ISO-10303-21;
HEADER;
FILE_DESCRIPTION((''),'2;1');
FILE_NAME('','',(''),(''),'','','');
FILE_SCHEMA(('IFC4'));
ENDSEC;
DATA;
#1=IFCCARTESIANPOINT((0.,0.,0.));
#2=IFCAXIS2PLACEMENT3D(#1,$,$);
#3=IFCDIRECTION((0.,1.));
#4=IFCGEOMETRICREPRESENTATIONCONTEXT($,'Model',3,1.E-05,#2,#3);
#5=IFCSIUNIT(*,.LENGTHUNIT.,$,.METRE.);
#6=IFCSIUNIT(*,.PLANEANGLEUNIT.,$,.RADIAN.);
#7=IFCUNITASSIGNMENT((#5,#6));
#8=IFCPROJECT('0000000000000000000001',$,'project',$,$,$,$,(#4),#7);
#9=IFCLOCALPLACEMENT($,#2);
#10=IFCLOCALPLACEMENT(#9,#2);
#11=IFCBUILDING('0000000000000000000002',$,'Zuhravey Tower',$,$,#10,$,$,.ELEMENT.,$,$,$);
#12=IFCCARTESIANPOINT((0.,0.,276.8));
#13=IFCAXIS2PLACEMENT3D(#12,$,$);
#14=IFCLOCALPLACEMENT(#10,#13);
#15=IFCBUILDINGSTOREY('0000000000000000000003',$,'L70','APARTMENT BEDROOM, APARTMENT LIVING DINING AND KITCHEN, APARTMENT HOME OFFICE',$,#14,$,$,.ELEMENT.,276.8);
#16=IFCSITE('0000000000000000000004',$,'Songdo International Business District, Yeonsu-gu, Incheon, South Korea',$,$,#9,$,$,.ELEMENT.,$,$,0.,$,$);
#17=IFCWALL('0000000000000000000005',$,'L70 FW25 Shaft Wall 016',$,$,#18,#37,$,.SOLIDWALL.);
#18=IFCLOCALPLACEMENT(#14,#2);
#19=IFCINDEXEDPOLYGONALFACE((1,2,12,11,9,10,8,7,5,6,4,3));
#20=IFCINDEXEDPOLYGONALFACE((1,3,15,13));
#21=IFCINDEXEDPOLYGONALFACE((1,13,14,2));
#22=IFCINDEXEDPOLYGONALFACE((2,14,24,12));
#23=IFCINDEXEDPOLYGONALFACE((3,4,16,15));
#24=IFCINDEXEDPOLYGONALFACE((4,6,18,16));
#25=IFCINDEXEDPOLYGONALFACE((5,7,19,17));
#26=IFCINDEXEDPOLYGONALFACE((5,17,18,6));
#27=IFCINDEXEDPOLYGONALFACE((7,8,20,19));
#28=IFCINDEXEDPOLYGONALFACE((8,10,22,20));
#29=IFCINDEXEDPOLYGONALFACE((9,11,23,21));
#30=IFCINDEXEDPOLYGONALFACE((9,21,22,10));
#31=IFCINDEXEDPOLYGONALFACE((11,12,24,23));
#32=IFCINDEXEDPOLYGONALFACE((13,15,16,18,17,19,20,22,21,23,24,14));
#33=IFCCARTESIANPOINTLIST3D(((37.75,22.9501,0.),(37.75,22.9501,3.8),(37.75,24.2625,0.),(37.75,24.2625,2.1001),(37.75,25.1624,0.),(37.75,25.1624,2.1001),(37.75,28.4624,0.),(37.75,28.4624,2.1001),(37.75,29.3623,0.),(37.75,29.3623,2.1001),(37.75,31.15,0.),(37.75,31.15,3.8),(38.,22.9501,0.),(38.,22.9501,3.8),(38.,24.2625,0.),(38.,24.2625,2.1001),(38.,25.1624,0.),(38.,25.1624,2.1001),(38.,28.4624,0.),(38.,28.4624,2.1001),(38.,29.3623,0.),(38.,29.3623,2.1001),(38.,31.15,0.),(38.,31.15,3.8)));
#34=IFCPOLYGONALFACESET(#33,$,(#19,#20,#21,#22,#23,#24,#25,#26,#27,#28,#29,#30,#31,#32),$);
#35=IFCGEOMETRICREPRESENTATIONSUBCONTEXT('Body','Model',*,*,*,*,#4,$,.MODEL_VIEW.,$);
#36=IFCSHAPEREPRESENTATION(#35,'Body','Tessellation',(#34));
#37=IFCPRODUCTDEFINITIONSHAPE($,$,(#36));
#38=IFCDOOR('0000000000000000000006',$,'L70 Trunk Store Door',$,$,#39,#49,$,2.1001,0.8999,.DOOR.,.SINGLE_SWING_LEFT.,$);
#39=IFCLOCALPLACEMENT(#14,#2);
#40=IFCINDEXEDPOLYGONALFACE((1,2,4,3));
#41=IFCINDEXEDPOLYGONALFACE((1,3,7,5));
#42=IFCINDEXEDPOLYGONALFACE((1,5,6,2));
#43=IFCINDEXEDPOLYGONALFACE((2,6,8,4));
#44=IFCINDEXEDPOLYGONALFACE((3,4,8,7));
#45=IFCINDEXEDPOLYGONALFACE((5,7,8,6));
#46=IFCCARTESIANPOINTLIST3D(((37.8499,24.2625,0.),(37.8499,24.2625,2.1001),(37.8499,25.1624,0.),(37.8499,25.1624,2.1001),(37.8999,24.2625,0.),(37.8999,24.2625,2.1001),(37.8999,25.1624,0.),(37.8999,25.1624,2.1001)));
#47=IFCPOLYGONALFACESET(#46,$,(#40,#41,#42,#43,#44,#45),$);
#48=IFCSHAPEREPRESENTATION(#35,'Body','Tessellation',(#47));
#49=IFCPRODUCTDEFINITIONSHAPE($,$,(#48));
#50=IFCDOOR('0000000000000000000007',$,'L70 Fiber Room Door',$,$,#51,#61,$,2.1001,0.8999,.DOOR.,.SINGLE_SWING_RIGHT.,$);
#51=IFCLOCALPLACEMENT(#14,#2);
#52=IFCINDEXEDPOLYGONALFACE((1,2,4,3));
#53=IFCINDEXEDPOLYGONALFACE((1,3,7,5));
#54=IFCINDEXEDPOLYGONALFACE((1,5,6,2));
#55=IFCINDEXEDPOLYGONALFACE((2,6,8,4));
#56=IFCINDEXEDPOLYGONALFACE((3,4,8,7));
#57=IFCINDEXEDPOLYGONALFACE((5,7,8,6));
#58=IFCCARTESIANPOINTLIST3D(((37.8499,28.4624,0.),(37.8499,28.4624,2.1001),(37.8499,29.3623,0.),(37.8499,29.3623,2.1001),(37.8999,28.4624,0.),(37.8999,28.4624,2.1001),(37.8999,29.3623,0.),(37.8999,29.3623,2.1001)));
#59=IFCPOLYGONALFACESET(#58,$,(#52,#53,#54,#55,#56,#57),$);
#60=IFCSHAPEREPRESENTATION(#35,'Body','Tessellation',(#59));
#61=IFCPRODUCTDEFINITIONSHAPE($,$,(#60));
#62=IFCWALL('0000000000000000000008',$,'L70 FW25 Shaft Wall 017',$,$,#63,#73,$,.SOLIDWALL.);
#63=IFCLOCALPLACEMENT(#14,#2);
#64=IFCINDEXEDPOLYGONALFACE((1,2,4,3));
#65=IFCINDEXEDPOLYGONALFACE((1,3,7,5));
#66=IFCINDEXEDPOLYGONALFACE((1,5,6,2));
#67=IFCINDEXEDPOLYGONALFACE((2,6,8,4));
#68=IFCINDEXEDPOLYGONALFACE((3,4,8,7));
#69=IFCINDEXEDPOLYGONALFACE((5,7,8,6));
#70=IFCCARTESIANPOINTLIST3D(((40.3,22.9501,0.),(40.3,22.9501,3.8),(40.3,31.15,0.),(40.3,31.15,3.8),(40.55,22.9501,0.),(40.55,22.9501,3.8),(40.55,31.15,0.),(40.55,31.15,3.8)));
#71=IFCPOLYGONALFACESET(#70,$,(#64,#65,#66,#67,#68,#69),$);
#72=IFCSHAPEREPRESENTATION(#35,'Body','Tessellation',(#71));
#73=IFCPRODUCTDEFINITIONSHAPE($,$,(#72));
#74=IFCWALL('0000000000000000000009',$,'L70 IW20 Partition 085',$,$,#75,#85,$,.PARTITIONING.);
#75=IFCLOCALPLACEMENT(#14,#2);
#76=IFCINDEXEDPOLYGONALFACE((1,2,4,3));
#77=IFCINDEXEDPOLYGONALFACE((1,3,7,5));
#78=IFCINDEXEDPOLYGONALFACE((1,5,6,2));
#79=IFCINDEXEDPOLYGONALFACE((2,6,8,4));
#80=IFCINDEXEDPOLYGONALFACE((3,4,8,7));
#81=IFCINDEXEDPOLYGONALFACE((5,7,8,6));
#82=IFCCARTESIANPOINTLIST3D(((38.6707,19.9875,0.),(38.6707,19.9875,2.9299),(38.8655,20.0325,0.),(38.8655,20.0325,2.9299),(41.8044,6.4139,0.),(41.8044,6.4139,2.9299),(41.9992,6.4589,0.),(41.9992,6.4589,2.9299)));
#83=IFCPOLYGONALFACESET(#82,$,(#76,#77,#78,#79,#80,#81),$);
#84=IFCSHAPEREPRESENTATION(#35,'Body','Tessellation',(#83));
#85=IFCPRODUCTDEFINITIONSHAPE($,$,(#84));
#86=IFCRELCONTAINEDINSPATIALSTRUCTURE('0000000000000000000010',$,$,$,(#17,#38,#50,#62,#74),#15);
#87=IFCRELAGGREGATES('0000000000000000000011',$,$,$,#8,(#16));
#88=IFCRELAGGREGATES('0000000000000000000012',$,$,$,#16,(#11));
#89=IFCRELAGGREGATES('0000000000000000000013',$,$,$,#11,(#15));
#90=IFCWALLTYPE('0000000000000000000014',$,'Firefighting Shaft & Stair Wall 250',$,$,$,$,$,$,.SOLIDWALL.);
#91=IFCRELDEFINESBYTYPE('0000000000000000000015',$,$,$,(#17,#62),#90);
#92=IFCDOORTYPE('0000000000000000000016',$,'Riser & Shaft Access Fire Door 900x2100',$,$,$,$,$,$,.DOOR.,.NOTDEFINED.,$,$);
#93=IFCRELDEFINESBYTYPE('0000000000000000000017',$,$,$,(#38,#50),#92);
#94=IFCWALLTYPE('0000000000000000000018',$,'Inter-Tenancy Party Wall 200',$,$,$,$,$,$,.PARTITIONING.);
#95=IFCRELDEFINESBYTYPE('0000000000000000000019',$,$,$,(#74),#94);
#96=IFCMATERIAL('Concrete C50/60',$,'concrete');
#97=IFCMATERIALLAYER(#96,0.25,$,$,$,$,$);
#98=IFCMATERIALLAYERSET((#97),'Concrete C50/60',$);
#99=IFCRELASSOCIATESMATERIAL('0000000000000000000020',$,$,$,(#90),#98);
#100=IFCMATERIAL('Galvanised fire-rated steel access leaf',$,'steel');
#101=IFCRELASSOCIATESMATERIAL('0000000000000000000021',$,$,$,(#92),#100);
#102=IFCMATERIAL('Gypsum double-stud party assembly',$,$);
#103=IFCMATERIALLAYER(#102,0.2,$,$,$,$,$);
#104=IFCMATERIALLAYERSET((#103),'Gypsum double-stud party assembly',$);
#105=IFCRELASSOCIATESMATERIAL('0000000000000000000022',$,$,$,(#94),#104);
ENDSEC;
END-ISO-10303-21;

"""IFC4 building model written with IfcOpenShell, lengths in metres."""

from ifc_helpers import new_model, si_unit, direction, frame, frame_2d, origin, place, context, subcontext, project, spatial, rectangle, extrude, material, layer, layer_set, type_object, element, fill, save


model = new_model("IFC4")

# Units and contexts
model_context = context("Model", 3, precision=1e-05, world=origin(), true_north=direction((0.0, 1.0)))
body_context = subcontext(model_context, "Body", "Model", "MODEL_VIEW")
ifc_project = project(units=[si_unit("LENGTHUNIT", "METRE"), si_unit("PLANEANGLEUNIT", "RADIAN")], contexts=[model_context])

# Site, building, storey
site_placement = place(None, origin())
site = spatial("IfcSite", under=ifc_project, at=site_placement, Name="Songdo International Business District, Yeonsu-gu, Incheon, South Korea", CompositionType="ELEMENT", RefElevation=0.0)
building_placement = place(site_placement, origin())
building = spatial("IfcBuilding", under=site, at=building_placement, Name="Zuhravey Tower", CompositionType="ELEMENT")
storey_placement = place(building_placement, frame((0.0, 0.0, 276.8)))
storey = spatial("IfcBuildingStorey", under=building, at=storey_placement, Name="L70", Description="APARTMENT BEDROOM, APARTMENT LIVING DINING AND KITCHEN, APARTMENT HOME OFFICE", CompositionType="ELEMENT", Elevation=276.8)

# Shared definitions
ifc_material_1 = material(Name="Concrete C50/60", Category="concrete")

# Shared definitions
ifc_layer_1 = layer(ifc_material_1, 0.25)
ifc_layer_set_1 = layer_set([ifc_layer_1], Name="Concrete C50/60")
wall_type_1 = type_object("IfcWallType", Name="Firefighting Shaft & Stair Wall 250", PredefinedType="SOLIDWALL", material=ifc_layer_set_1)

# Shared definitions
ifc_material_2 = material(Name="Galvanised fire-rated steel access leaf", Category="steel")
door_type_1 = type_object("IfcDoorType", Name="Riser & Shaft Access Fire Door 900x2100", OperationType="NOTDEFINED", PredefinedType="DOOR", material=ifc_material_2)

# Wall, openings, doors
wall_1_placement = place(storey_placement, frame((37.875, 22.95, 0.0), z_axis=(0.0, 0.0, 1.0), x_axis=(0.0, 1.0, 0.0)))
wall_1 = element("IfcWall", 1, at=wall_1_placement, inside=storey, type_object=wall_type_1, Name="L70 FW25 Shaft Wall 016", PredefinedType="SOLIDWALL", context=body_context, shape_type="SweptSolid", body=[
    extrude(rectangle(XDim=8.2, YDim=0.25, at=frame_2d((4.1001, 0.0))), origin(), (0.0, 0.0, 1.0), 3.8),
])
opening_1_placement = place(wall_1_placement, frame((1.3125, 0.0, 0.0)))
opening_1 = element("IfcOpeningElement", 2, at=opening_1_placement, cuts=wall_1, PredefinedType="OPENING", context=body_context, shape_type="SweptSolid", body=[
    extrude(rectangle(XDim=0.8999, YDim=2.1001, at=frame_2d((0.45, 1.05))), frame((0.0, 0.137, 0.0), z_axis=(0.0, -1.0, 0.0), x_axis=(1.0, 0.0, 0.0)), (0.0, 0.0, 1.0), 0.2739),
])
opening_2_placement = place(wall_1_placement, frame((5.5125, 0.0, 0.0)))
opening_2 = element("IfcOpeningElement", 3, at=opening_2_placement, cuts=wall_1, PredefinedType="OPENING", context=body_context, shape_type="SweptSolid", body=[
    extrude(rectangle(XDim=0.8999, YDim=2.1001, at=frame_2d((0.45, 1.05))), frame((0.0, 0.137, 0.0), z_axis=(0.0, -1.0, 0.0), x_axis=(1.0, 0.0, 0.0)), (0.0, 0.0, 1.0), 0.2739),
])
door_1_placement = place(opening_1_placement, frame((0.8999, 0.0, 0.0), z_axis=(0.0, 0.0, 1.0), x_axis=(-1.0, 0.0, 0.0)))
door_1 = element("IfcDoor", 4, at=door_1_placement, inside=storey, type_object=door_type_1, Name="L70 Trunk Store Door", OperationType="SINGLE_SWING_LEFT", OverallHeight=2.1001, OverallWidth=0.8999, PredefinedType="DOOR", context=body_context, shape_type="SweptSolid", body=[
    extrude(rectangle(XDim=0.8999, YDim=2.1001, at=frame_2d((0.45, 1.05))), frame((0.0, 0.0249, 0.0), z_axis=(0.0, -1.0, 0.0), x_axis=(1.0, 0.0, 0.0)), (0.0, 0.0, 1.0), 0.05),
])
fill(opening_1, door_1)
door_2_placement = place(opening_2_placement, frame((0.8999, 0.0, 0.0), z_axis=(0.0, 0.0, 1.0), x_axis=(-1.0, 0.0, 0.0)))
door_2 = element("IfcDoor", 5, at=door_2_placement, inside=storey, type_object=door_type_1, Name="L70 Fiber Room Door", OperationType="SINGLE_SWING_RIGHT", OverallHeight=2.1001, OverallWidth=0.8999, PredefinedType="DOOR", context=body_context, shape_type="SweptSolid", body=[
    extrude(rectangle(XDim=0.8999, YDim=2.1001, at=frame_2d((0.45, 1.05))), frame((0.0, 0.0249, 0.0), z_axis=(0.0, -1.0, 0.0), x_axis=(1.0, 0.0, 0.0)), (0.0, 0.0, 1.0), 0.05),
])
fill(opening_2, door_2)

# Walls
wall_2_placement = place(storey_placement, frame((40.425, 22.95, 0.0), z_axis=(0.0, 0.0, 1.0), x_axis=(0.0, 1.0, 0.0)))
element("IfcWall", 6, at=wall_2_placement, inside=storey, type_object=wall_type_1, Name="L70 FW25 Shaft Wall 017", PredefinedType="SOLIDWALL", context=body_context, shape_type="SweptSolid", body=[
    extrude(rectangle(XDim=8.2, YDim=0.25, at=frame_2d((4.1001, 0.0))), origin(), (0.0, 0.0, 1.0), 3.8),
])
ifc_material_3 = material(Name="Gypsum double-stud party assembly")
ifc_layer_2 = layer(ifc_material_3, 0.2)
ifc_layer_set_2 = layer_set([ifc_layer_2], Name="Gypsum double-stud party assembly")
wall_type_2 = type_object("IfcWallType", Name="Inter-Tenancy Party Wall 200", PredefinedType="PARTITIONING", material=ifc_layer_set_2)
wall_3_placement = place(storey_placement, frame((38.7681, 20.01, 0.0), z_axis=(0.0, 0.0, 1.0), x_axis=(0.224954, -0.974369, 0.0)))
element("IfcWall", 7, at=wall_3_placement, inside=storey, type_object=wall_type_2, Name="L70 IW20 Partition 085", PredefinedType="PARTITIONING", context=body_context, shape_type="SweptSolid", body=[
    extrude(rectangle(XDim=13.9307, YDim=0.2, at=frame_2d((6.9653, 0.0))), origin(), (0.0, 0.0, 1.0), 2.9299),
])

save(model, "model.ifc")
